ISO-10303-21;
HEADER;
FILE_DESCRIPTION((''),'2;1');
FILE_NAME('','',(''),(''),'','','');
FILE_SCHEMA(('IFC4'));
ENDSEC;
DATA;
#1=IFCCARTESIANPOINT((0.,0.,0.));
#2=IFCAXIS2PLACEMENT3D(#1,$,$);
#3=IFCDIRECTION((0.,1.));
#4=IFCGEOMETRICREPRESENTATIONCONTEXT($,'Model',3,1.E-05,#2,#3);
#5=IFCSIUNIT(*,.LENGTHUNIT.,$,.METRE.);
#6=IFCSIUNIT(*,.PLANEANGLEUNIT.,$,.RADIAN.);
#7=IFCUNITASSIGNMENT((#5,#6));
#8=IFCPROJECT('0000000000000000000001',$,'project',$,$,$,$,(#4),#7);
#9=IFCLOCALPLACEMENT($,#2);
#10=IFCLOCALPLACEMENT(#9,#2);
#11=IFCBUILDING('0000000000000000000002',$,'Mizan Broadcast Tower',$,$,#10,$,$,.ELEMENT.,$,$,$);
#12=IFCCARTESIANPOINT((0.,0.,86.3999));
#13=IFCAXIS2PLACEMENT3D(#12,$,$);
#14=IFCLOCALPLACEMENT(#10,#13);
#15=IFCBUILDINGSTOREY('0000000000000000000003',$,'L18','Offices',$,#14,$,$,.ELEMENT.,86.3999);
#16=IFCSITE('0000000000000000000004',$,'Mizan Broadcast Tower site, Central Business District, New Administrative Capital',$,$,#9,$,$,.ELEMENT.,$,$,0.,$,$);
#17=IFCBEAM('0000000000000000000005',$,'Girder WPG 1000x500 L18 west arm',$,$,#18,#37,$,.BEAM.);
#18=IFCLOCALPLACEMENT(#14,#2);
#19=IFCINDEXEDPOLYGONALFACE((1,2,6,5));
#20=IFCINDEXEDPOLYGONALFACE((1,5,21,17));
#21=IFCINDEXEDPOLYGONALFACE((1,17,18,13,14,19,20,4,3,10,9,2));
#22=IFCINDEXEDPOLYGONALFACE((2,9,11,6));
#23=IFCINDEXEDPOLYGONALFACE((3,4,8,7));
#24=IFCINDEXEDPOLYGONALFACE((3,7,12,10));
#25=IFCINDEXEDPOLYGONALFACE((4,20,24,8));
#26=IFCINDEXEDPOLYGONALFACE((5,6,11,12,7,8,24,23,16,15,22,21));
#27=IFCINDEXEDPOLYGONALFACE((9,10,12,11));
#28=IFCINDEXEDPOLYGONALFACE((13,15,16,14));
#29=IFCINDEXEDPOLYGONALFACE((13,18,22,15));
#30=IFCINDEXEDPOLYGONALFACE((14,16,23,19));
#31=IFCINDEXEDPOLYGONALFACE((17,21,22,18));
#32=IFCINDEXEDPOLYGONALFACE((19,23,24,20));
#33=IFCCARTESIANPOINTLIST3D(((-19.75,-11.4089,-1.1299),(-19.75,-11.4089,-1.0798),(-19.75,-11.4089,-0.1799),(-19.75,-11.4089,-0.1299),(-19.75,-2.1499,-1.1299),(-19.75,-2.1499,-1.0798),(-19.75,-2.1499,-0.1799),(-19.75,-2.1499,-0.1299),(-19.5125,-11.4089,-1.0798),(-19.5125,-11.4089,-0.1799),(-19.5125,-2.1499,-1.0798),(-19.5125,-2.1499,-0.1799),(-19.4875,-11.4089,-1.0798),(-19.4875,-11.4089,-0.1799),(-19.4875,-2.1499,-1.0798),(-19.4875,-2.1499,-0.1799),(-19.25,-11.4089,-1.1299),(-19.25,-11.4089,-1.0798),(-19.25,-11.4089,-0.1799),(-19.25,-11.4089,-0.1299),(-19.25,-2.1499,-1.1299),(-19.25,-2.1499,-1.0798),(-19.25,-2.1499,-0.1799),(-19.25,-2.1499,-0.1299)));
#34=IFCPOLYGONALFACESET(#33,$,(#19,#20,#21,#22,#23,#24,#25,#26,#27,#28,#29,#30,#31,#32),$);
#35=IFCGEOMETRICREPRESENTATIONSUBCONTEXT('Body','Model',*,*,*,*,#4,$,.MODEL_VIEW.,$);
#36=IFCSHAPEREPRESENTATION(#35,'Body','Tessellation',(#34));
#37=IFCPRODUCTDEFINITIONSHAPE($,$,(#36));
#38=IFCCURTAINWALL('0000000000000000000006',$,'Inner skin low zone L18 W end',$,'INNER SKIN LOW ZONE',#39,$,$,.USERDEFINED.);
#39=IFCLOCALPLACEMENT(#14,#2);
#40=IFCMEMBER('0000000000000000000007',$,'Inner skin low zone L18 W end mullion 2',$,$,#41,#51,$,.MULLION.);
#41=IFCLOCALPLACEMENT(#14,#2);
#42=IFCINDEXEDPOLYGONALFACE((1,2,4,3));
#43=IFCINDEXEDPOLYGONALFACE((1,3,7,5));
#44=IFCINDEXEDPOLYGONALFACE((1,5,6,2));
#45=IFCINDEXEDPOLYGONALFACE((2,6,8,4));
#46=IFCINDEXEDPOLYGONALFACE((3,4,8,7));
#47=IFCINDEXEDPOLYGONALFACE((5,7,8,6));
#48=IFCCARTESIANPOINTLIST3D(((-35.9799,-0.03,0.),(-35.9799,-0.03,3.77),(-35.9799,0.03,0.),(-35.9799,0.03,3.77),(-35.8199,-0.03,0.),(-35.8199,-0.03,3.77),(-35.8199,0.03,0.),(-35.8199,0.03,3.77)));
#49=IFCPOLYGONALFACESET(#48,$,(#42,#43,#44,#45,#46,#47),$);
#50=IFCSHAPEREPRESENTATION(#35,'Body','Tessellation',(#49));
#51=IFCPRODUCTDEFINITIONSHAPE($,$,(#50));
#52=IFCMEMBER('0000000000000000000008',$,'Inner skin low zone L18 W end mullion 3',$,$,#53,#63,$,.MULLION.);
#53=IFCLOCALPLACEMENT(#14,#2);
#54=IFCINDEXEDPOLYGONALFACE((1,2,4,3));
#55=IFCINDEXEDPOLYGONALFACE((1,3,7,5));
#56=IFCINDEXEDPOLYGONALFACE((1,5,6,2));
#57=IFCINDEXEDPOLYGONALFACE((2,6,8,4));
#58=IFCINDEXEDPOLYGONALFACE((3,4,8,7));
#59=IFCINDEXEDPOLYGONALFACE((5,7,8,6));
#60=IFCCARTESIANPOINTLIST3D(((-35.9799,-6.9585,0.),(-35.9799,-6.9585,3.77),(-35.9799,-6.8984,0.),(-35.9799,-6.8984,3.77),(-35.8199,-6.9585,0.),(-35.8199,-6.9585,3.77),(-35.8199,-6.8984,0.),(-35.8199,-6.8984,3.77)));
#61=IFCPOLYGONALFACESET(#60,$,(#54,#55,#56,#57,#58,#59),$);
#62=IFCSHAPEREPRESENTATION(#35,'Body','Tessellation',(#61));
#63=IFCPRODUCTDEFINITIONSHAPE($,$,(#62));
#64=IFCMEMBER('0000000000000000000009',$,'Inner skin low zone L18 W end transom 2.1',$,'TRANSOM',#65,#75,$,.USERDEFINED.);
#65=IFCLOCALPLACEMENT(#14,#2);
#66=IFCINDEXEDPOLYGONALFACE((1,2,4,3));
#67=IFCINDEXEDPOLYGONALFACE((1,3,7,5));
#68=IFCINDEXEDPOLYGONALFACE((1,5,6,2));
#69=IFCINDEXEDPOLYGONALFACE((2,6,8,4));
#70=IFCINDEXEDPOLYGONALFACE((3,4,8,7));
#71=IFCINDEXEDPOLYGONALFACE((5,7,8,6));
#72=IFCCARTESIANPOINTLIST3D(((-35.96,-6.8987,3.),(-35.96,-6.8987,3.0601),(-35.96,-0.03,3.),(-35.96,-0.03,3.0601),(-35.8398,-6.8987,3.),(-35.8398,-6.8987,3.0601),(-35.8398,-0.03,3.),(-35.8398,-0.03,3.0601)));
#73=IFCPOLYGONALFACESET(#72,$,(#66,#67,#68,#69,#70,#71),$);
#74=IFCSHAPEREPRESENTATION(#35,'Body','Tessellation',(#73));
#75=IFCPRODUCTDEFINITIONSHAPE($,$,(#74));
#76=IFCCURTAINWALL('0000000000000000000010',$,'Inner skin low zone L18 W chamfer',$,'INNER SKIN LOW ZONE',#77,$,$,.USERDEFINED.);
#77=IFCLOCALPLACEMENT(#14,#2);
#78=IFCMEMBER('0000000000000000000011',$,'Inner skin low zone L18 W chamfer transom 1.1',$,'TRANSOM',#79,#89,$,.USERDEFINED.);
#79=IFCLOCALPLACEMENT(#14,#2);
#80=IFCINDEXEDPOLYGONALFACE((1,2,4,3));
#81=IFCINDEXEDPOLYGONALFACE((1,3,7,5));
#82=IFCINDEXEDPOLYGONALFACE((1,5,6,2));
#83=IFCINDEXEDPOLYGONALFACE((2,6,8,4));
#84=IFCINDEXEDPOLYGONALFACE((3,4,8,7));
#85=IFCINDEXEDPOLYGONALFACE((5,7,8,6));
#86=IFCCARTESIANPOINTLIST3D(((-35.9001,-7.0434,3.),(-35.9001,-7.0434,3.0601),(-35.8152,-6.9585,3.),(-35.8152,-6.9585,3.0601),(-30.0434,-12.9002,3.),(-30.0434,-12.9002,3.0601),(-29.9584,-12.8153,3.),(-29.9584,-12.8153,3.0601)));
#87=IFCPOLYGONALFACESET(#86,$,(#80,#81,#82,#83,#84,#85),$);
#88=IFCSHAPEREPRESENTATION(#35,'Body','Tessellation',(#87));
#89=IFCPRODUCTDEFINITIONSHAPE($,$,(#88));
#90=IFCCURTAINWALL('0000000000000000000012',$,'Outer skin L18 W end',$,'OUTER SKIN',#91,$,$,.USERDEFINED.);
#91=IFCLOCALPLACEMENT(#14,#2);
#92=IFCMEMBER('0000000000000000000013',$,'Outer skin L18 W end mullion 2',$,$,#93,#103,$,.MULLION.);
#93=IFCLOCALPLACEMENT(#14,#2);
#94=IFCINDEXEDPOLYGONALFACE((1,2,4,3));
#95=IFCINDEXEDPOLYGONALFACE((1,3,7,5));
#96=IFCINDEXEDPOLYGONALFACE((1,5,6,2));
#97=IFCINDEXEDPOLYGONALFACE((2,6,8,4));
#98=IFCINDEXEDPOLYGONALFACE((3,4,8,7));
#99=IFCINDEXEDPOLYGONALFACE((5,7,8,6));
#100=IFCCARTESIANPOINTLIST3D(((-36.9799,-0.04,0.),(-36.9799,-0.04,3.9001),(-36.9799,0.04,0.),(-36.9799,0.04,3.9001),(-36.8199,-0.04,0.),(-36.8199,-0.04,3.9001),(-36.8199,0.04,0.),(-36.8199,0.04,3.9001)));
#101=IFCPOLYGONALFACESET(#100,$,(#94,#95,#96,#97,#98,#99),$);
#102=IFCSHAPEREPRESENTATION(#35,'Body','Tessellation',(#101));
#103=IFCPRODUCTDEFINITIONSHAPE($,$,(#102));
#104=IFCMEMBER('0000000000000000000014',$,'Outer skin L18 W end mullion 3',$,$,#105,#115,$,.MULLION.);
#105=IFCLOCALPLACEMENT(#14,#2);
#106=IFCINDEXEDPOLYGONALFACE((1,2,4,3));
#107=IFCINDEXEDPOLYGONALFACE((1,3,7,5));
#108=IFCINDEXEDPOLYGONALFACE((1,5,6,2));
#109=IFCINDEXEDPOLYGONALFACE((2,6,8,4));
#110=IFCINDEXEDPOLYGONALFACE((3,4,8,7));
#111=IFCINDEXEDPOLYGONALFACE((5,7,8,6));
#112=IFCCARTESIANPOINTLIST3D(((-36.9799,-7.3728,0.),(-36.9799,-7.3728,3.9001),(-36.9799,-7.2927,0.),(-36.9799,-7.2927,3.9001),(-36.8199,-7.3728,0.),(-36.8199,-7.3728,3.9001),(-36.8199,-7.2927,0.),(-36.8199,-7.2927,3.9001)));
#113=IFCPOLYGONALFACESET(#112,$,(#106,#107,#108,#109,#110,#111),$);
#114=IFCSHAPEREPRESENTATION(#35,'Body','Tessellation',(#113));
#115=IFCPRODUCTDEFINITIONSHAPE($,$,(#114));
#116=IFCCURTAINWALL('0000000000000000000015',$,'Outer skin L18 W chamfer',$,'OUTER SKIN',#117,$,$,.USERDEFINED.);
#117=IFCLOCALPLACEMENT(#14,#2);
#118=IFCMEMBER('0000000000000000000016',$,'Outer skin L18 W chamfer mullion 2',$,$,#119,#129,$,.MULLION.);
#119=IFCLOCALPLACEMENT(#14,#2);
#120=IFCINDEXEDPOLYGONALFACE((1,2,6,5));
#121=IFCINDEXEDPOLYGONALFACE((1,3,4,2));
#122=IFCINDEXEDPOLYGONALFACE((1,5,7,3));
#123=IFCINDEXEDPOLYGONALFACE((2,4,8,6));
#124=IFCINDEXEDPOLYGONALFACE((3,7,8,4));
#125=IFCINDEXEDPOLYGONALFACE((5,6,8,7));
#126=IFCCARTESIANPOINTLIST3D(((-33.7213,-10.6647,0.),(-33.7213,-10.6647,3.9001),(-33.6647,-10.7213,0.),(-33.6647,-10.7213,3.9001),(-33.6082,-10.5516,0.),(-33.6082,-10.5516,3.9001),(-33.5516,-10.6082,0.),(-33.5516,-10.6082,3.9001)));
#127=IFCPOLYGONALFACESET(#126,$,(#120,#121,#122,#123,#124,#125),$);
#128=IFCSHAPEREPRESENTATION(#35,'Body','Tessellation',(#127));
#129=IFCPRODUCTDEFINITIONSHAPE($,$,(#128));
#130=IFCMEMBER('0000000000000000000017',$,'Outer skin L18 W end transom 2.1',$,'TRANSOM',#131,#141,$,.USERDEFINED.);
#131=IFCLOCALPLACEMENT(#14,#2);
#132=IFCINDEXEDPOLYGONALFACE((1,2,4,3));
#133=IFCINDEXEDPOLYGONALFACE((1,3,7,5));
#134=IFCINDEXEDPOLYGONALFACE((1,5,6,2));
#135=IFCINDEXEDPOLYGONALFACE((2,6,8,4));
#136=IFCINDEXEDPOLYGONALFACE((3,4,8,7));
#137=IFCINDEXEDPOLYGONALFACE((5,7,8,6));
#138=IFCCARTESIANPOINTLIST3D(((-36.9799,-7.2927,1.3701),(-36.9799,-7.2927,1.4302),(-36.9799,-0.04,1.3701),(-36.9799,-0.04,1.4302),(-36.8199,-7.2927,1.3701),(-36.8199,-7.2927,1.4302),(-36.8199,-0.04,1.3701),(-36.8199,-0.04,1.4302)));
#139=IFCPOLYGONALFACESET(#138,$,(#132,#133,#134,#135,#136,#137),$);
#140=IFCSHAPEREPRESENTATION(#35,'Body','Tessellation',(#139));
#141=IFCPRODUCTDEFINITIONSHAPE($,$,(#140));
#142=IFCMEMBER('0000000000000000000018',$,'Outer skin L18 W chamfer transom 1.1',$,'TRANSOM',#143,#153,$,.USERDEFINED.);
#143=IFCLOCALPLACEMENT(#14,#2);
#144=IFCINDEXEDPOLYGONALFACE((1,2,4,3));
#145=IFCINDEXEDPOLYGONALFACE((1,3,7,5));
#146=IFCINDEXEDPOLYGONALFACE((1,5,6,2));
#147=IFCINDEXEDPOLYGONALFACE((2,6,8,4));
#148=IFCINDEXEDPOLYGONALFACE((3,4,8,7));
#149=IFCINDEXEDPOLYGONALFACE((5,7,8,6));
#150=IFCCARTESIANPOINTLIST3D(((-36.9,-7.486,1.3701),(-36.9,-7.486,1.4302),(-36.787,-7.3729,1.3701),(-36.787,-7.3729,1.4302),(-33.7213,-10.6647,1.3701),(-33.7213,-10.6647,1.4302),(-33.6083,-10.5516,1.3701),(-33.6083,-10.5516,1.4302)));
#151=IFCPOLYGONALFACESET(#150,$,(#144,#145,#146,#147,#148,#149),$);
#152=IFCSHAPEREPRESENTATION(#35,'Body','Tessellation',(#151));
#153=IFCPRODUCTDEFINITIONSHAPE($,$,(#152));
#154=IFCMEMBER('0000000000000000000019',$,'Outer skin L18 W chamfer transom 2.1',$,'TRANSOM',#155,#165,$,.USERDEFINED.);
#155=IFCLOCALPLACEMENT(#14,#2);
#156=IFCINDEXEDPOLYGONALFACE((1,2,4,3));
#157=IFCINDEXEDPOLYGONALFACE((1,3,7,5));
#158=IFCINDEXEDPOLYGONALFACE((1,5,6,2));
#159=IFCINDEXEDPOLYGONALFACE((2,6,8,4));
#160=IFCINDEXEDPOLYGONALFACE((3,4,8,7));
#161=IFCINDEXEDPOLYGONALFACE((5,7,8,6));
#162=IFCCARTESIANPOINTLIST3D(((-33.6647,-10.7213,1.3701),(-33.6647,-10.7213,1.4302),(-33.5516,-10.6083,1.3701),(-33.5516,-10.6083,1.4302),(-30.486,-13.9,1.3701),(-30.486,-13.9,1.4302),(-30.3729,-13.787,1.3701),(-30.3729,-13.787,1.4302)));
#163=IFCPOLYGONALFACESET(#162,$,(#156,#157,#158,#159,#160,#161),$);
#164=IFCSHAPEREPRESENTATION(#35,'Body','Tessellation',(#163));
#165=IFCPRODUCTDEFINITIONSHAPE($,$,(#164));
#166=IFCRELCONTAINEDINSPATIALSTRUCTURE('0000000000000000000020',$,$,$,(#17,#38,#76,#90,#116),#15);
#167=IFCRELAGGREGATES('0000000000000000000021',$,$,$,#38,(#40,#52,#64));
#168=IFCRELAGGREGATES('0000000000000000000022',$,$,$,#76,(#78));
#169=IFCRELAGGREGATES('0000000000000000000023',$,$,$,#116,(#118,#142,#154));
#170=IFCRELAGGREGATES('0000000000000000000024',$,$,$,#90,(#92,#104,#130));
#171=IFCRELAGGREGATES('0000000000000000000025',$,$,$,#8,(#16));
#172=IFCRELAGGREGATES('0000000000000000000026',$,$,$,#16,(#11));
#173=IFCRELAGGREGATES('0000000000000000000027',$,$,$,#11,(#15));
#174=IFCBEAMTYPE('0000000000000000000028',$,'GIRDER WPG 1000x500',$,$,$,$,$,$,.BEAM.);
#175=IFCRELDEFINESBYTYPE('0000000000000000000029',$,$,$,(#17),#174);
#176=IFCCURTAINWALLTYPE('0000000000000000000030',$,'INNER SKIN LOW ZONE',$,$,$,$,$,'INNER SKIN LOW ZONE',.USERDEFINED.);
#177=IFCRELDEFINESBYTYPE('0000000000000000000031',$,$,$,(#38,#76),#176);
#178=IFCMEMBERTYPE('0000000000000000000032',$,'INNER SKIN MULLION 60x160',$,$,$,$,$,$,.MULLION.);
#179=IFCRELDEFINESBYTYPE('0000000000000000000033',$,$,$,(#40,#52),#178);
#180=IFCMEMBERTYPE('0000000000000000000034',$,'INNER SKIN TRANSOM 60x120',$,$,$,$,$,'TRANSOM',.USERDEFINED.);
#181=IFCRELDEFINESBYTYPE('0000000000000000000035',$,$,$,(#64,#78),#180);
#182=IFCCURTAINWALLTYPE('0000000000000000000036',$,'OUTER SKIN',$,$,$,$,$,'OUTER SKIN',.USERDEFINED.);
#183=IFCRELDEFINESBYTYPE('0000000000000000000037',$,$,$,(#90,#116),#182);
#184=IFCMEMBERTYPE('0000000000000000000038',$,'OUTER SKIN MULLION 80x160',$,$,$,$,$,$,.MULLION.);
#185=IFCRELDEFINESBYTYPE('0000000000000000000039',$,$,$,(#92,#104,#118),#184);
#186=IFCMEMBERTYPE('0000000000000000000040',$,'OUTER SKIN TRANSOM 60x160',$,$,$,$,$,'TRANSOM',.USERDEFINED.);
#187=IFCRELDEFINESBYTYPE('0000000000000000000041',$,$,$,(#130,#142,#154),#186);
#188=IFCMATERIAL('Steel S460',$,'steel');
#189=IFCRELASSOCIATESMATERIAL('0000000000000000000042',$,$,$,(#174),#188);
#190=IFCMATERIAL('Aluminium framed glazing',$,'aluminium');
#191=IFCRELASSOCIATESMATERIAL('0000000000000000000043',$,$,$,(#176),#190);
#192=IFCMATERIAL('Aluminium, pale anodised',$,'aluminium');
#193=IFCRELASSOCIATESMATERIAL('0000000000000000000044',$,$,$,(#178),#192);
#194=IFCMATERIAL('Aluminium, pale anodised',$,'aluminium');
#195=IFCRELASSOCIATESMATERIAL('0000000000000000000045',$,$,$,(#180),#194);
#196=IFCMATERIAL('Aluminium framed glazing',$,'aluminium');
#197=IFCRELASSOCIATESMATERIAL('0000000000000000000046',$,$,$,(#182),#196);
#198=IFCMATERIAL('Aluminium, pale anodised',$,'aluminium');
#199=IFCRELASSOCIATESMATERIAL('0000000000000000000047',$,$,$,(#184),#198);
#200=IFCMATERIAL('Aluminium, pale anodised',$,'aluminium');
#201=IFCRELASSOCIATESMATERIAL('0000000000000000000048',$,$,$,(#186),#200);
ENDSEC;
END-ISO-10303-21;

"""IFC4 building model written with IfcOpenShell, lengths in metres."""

from ifc_helpers import new_model, si_unit, direction, frame, origin, origin_2d, place, context, subcontext, project, spatial, rectangle, i_section, extrude, material, material_profile, profile_set, type_object, element, aggregate, save


model = new_model("IFC4")

# Units and contexts
model_context = context("Model", 3, precision=1e-05, world=origin(), true_north=direction((0.0, 1.0)))
body_context = subcontext(model_context, "Body", "Model", "MODEL_VIEW")
ifc_project = project(units=[si_unit("LENGTHUNIT", "METRE"), si_unit("PLANEANGLEUNIT", "RADIAN")], contexts=[model_context])

# Site, building, storey
site_placement = place(None, origin())
site = spatial("IfcSite", under=ifc_project, at=site_placement, Name="Mizan Broadcast Tower site, Central Business District, New Administrative Capital", CompositionType="ELEMENT", RefElevation=0.0)
building_placement = place(site_placement, origin())
building = spatial("IfcBuilding", under=site, at=building_placement, Name="Mizan Broadcast Tower", CompositionType="ELEMENT")
storey_placement = place(building_placement, frame((0.0, 0.0, 86.3999)))
storey = spatial("IfcBuildingStorey", under=building, at=storey_placement, Name="L18", Description="Offices", CompositionType="ELEMENT", Elevation=86.3999)

# Beam
ifc_material_1 = material(Name="Steel S460", Category="steel")
ifc_material_profile_1 = material_profile(ifc_material_1, i_section(OverallWidth=0.5, OverallDepth=1.0, WebThickness=0.0249, FlangeThickness=0.05, at=origin_2d()), Name="WPG 1000x500")
ifc_profile_set_1 = profile_set([ifc_material_profile_1], Name="Steel S460")
beam_type_1 = type_object("IfcBeamType", Name="GIRDER WPG 1000x500", PredefinedType="BEAM", material=ifc_profile_set_1)
beam_1_placement = place(storey_placement, frame((-19.5, -11.4089, -0.6299), z_axis=(0.0, 1.0, 0.0), x_axis=(-1.0, 0.0, 0.0)))
element("IfcBeam", 1, at=beam_1_placement, inside=storey, type_object=beam_type_1, Name="Girder WPG 1000x500 L18 west arm", PredefinedType="BEAM", context=body_context, shape_type="SweptSolid", body=[
    extrude(i_section(OverallWidth=0.5, OverallDepth=1.0, WebThickness=0.0249, FlangeThickness=0.05, at=origin_2d()), origin(), (0.0, 0.0, 1.0), 9.259),
])

# Curtain wall, members
ifc_material_2 = material(Name="Aluminium framed glazing", Category="aluminium")
curtain_wall_type_1 = type_object("IfcCurtainWallType", Name="INNER SKIN LOW ZONE", ElementType="INNER SKIN LOW ZONE", PredefinedType="USERDEFINED", material=ifc_material_2)
curtain_wall_1_placement = place(storey_placement, origin())
curtain_wall_1 = element("IfcCurtainWall", 2, at=curtain_wall_1_placement, inside=storey, type_object=curtain_wall_type_1, Name="Inner skin low zone L18 W end", ObjectType="INNER SKIN LOW ZONE", PredefinedType="USERDEFINED")
ifc_material_3 = material(Name="Aluminium, pale anodised", Category="aluminium")
ifc_material_profile_2 = material_profile(ifc_material_3, rectangle(XDim=0.1599, YDim=0.0601, at=origin_2d()), Name="MULLION 160x60")
ifc_profile_set_2 = profile_set([ifc_material_profile_2], Name="Aluminium, pale anodised")
member_type_1 = type_object("IfcMemberType", Name="INNER SKIN MULLION 60x160", PredefinedType="MULLION", material=ifc_profile_set_2)
member_1_placement = place(storey_placement, frame((-35.8999, 0.0, 0.0), z_axis=(0.0, 0.0, 1.0), x_axis=(1.0, 0.0, 0.0)))
member_1 = element("IfcMember", 3, at=member_1_placement, type_object=member_type_1, Name="Inner skin low zone L18 W end mullion 2", PredefinedType="MULLION", context=body_context, shape_type="SweptSolid", body=[
    extrude(rectangle(XDim=0.1599, YDim=0.0601, at=origin_2d()), origin(), (0.0, 0.0, 1.0), 3.77),
])
member_2_placement = place(storey_placement, frame((-35.8999, -6.9285, 0.0), z_axis=(0.0, 0.0, 1.0), x_axis=(1.0, 0.0, 0.0)))
member_2 = element("IfcMember", 4, at=member_2_placement, type_object=member_type_1, Name="Inner skin low zone L18 W end mullion 3", PredefinedType="MULLION", context=body_context, shape_type="SweptSolid", body=[
    extrude(rectangle(XDim=0.1599, YDim=0.0601, at=origin_2d()), origin(), (0.0, 0.0, 1.0), 3.77),
])
ifc_material_4 = material(Name="Aluminium, pale anodised", Category="aluminium")
ifc_material_profile_3 = material_profile(ifc_material_4, rectangle(XDim=0.1201, YDim=0.0601, at=origin_2d()), Name="TRANSOM 120x60")
ifc_profile_set_3 = profile_set([ifc_material_profile_3], Name="Aluminium, pale anodised")
member_type_2 = type_object("IfcMemberType", Name="INNER SKIN TRANSOM 60x120", ElementType="TRANSOM", PredefinedType="USERDEFINED", material=ifc_profile_set_3)
member_3_placement = place(storey_placement, frame((-35.8999, -0.03, 3.03), z_axis=(0.0, -1.0, 0.0), x_axis=(1.0, 0.0, 0.0)))
member_3 = element("IfcMember", 5, at=member_3_placement, type_object=member_type_2, Name="Inner skin low zone L18 W end transom 2.1", ObjectType="TRANSOM", PredefinedType="USERDEFINED", context=body_context, shape_type="SweptSolid", body=[
    extrude(rectangle(XDim=0.1201, YDim=0.0601, at=origin_2d()), origin(), (0.0, 0.0, 1.0), 6.8687),
])

# Curtain wall, member
curtain_wall_2_placement = place(storey_placement, origin())
curtain_wall_2 = element("IfcCurtainWall", 6, at=curtain_wall_2_placement, inside=storey, type_object=curtain_wall_type_1, Name="Inner skin low zone L18 W chamfer", ObjectType="INNER SKIN LOW ZONE", PredefinedType="USERDEFINED")
member_4_placement = place(storey_placement, frame((-35.8577, -7.001, 3.03), z_axis=(0.707107, -0.707107, 0.0), x_axis=(0.707107, 0.707107, 0.0)))
member_4 = element("IfcMember", 7, at=member_4_placement, type_object=member_type_2, Name="Inner skin low zone L18 W chamfer transom 1.1", ObjectType="TRANSOM", PredefinedType="USERDEFINED", context=body_context, shape_type="SweptSolid", body=[
    extrude(rectangle(XDim=0.1201, YDim=0.0601, at=origin_2d()), origin(), (0.0, 0.0, 1.0), 8.2827),
])

# Curtain wall, members
ifc_material_5 = material(Name="Aluminium framed glazing", Category="aluminium")
curtain_wall_type_2 = type_object("IfcCurtainWallType", Name="OUTER SKIN", ElementType="OUTER SKIN", PredefinedType="USERDEFINED", material=ifc_material_5)
curtain_wall_3_placement = place(storey_placement, origin())
curtain_wall_3 = element("IfcCurtainWall", 8, at=curtain_wall_3_placement, inside=storey, type_object=curtain_wall_type_2, Name="Outer skin L18 W end", ObjectType="OUTER SKIN", PredefinedType="USERDEFINED")
ifc_material_6 = material(Name="Aluminium, pale anodised", Category="aluminium")
ifc_material_profile_4 = material_profile(ifc_material_6, rectangle(XDim=0.1599, YDim=0.0801, at=origin_2d()), Name="MULLION 160x80")
ifc_profile_set_4 = profile_set([ifc_material_profile_4], Name="Aluminium, pale anodised")
member_type_3 = type_object("IfcMemberType", Name="OUTER SKIN MULLION 80x160", PredefinedType="MULLION", material=ifc_profile_set_4)
member_5_placement = place(storey_placement, frame((-36.8999, 0.0, 0.0), z_axis=(0.0, 0.0, 1.0), x_axis=(1.0, 0.0, 0.0)))
member_5 = element("IfcMember", 9, at=member_5_placement, type_object=member_type_3, Name="Outer skin L18 W end mullion 2", PredefinedType="MULLION", context=body_context, shape_type="SweptSolid", body=[
    extrude(rectangle(XDim=0.1599, YDim=0.0801, at=origin_2d()), origin(), (0.0, 0.0, 1.0), 3.9001),
])
member_6_placement = place(storey_placement, frame((-36.8999, -7.3328, 0.0), z_axis=(0.0, 0.0, 1.0), x_axis=(1.0, 0.0, 0.0)))
member_6 = element("IfcMember", 10, at=member_6_placement, type_object=member_type_3, Name="Outer skin L18 W end mullion 3", PredefinedType="MULLION", context=body_context, shape_type="SweptSolid", body=[
    extrude(rectangle(XDim=0.1599, YDim=0.0801, at=origin_2d()), origin(), (0.0, 0.0, 1.0), 3.9001),
])

# Curtain wall, member
curtain_wall_4_placement = place(storey_placement, origin())
curtain_wall_4 = element("IfcCurtainWall", 11, at=curtain_wall_4_placement, inside=storey, type_object=curtain_wall_type_2, Name="Outer skin L18 W chamfer", ObjectType="OUTER SKIN", PredefinedType="USERDEFINED")
member_7_placement = place(storey_placement, frame((-33.6365, -10.6365, 0.0), z_axis=(0.0, 0.0, 1.0), x_axis=(0.707107, 0.707107, 0.0)))
member_7 = element("IfcMember", 12, at=member_7_placement, type_object=member_type_3, Name="Outer skin L18 W chamfer mullion 2", PredefinedType="MULLION", context=body_context, shape_type="SweptSolid", body=[
    extrude(rectangle(XDim=0.1599, YDim=0.0801, at=origin_2d()), origin(), (0.0, 0.0, 1.0), 3.9001),
])

# Members
ifc_material_7 = material(Name="Aluminium, pale anodised", Category="aluminium")
ifc_material_profile_5 = material_profile(ifc_material_7, rectangle(XDim=0.1599, YDim=0.0601, at=origin_2d()), Name="TRANSOM 160x60")
ifc_profile_set_5 = profile_set([ifc_material_profile_5], Name="Aluminium, pale anodised")
member_type_4 = type_object("IfcMemberType", Name="OUTER SKIN TRANSOM 60x160", ElementType="TRANSOM", PredefinedType="USERDEFINED", material=ifc_profile_set_5)
member_8_placement = place(storey_placement, frame((-36.8999, -0.04, 1.4001), z_axis=(0.0, -1.0, 0.0), x_axis=(1.0, 0.0, 0.0)))
member_8 = element("IfcMember", 13, at=member_8_placement, type_object=member_type_4, Name="Outer skin L18 W end transom 2.1", ObjectType="TRANSOM", PredefinedType="USERDEFINED", context=body_context, shape_type="SweptSolid", body=[
    extrude(rectangle(XDim=0.1599, YDim=0.0601, at=origin_2d()), origin(), (0.0, 0.0, 1.0), 7.2527),
])
member_9_placement = place(storey_placement, frame((-36.8435, -7.4294, 1.4001), z_axis=(0.707107, -0.707107, 0.0), x_axis=(0.707107, 0.707107, 0.0)))
member_9 = element("IfcMember", 14, at=member_9_placement, type_object=member_type_4, Name="Outer skin L18 W chamfer transom 1.1", ObjectType="TRANSOM", PredefinedType="USERDEFINED", context=body_context, shape_type="SweptSolid", body=[
    extrude(rectangle(XDim=0.1599, YDim=0.0601, at=origin_2d()), origin(), (0.0, 0.0, 1.0), 4.4954),
])
member_10_placement = place(storey_placement, frame((-33.6082, -10.6648, 1.4001), z_axis=(0.707107, -0.707107, 0.0), x_axis=(0.707107, 0.707107, 0.0)))
member_10 = element("IfcMember", 15, at=member_10_placement, type_object=member_type_4, Name="Outer skin L18 W chamfer transom 2.1", ObjectType="TRANSOM", PredefinedType="USERDEFINED", context=body_context, shape_type="SweptSolid", body=[
    extrude(rectangle(XDim=0.1599, YDim=0.0601, at=origin_2d()), origin(), (0.0, 0.0, 1.0), 4.4954),
])

aggregate(curtain_wall_1, [member_1, member_2, member_3])
aggregate(curtain_wall_2, [member_4])
aggregate(curtain_wall_4, [member_7, member_9, member_10])
aggregate(curtain_wall_3, [member_5, member_6, member_8])

save(model, "model.ifc")
